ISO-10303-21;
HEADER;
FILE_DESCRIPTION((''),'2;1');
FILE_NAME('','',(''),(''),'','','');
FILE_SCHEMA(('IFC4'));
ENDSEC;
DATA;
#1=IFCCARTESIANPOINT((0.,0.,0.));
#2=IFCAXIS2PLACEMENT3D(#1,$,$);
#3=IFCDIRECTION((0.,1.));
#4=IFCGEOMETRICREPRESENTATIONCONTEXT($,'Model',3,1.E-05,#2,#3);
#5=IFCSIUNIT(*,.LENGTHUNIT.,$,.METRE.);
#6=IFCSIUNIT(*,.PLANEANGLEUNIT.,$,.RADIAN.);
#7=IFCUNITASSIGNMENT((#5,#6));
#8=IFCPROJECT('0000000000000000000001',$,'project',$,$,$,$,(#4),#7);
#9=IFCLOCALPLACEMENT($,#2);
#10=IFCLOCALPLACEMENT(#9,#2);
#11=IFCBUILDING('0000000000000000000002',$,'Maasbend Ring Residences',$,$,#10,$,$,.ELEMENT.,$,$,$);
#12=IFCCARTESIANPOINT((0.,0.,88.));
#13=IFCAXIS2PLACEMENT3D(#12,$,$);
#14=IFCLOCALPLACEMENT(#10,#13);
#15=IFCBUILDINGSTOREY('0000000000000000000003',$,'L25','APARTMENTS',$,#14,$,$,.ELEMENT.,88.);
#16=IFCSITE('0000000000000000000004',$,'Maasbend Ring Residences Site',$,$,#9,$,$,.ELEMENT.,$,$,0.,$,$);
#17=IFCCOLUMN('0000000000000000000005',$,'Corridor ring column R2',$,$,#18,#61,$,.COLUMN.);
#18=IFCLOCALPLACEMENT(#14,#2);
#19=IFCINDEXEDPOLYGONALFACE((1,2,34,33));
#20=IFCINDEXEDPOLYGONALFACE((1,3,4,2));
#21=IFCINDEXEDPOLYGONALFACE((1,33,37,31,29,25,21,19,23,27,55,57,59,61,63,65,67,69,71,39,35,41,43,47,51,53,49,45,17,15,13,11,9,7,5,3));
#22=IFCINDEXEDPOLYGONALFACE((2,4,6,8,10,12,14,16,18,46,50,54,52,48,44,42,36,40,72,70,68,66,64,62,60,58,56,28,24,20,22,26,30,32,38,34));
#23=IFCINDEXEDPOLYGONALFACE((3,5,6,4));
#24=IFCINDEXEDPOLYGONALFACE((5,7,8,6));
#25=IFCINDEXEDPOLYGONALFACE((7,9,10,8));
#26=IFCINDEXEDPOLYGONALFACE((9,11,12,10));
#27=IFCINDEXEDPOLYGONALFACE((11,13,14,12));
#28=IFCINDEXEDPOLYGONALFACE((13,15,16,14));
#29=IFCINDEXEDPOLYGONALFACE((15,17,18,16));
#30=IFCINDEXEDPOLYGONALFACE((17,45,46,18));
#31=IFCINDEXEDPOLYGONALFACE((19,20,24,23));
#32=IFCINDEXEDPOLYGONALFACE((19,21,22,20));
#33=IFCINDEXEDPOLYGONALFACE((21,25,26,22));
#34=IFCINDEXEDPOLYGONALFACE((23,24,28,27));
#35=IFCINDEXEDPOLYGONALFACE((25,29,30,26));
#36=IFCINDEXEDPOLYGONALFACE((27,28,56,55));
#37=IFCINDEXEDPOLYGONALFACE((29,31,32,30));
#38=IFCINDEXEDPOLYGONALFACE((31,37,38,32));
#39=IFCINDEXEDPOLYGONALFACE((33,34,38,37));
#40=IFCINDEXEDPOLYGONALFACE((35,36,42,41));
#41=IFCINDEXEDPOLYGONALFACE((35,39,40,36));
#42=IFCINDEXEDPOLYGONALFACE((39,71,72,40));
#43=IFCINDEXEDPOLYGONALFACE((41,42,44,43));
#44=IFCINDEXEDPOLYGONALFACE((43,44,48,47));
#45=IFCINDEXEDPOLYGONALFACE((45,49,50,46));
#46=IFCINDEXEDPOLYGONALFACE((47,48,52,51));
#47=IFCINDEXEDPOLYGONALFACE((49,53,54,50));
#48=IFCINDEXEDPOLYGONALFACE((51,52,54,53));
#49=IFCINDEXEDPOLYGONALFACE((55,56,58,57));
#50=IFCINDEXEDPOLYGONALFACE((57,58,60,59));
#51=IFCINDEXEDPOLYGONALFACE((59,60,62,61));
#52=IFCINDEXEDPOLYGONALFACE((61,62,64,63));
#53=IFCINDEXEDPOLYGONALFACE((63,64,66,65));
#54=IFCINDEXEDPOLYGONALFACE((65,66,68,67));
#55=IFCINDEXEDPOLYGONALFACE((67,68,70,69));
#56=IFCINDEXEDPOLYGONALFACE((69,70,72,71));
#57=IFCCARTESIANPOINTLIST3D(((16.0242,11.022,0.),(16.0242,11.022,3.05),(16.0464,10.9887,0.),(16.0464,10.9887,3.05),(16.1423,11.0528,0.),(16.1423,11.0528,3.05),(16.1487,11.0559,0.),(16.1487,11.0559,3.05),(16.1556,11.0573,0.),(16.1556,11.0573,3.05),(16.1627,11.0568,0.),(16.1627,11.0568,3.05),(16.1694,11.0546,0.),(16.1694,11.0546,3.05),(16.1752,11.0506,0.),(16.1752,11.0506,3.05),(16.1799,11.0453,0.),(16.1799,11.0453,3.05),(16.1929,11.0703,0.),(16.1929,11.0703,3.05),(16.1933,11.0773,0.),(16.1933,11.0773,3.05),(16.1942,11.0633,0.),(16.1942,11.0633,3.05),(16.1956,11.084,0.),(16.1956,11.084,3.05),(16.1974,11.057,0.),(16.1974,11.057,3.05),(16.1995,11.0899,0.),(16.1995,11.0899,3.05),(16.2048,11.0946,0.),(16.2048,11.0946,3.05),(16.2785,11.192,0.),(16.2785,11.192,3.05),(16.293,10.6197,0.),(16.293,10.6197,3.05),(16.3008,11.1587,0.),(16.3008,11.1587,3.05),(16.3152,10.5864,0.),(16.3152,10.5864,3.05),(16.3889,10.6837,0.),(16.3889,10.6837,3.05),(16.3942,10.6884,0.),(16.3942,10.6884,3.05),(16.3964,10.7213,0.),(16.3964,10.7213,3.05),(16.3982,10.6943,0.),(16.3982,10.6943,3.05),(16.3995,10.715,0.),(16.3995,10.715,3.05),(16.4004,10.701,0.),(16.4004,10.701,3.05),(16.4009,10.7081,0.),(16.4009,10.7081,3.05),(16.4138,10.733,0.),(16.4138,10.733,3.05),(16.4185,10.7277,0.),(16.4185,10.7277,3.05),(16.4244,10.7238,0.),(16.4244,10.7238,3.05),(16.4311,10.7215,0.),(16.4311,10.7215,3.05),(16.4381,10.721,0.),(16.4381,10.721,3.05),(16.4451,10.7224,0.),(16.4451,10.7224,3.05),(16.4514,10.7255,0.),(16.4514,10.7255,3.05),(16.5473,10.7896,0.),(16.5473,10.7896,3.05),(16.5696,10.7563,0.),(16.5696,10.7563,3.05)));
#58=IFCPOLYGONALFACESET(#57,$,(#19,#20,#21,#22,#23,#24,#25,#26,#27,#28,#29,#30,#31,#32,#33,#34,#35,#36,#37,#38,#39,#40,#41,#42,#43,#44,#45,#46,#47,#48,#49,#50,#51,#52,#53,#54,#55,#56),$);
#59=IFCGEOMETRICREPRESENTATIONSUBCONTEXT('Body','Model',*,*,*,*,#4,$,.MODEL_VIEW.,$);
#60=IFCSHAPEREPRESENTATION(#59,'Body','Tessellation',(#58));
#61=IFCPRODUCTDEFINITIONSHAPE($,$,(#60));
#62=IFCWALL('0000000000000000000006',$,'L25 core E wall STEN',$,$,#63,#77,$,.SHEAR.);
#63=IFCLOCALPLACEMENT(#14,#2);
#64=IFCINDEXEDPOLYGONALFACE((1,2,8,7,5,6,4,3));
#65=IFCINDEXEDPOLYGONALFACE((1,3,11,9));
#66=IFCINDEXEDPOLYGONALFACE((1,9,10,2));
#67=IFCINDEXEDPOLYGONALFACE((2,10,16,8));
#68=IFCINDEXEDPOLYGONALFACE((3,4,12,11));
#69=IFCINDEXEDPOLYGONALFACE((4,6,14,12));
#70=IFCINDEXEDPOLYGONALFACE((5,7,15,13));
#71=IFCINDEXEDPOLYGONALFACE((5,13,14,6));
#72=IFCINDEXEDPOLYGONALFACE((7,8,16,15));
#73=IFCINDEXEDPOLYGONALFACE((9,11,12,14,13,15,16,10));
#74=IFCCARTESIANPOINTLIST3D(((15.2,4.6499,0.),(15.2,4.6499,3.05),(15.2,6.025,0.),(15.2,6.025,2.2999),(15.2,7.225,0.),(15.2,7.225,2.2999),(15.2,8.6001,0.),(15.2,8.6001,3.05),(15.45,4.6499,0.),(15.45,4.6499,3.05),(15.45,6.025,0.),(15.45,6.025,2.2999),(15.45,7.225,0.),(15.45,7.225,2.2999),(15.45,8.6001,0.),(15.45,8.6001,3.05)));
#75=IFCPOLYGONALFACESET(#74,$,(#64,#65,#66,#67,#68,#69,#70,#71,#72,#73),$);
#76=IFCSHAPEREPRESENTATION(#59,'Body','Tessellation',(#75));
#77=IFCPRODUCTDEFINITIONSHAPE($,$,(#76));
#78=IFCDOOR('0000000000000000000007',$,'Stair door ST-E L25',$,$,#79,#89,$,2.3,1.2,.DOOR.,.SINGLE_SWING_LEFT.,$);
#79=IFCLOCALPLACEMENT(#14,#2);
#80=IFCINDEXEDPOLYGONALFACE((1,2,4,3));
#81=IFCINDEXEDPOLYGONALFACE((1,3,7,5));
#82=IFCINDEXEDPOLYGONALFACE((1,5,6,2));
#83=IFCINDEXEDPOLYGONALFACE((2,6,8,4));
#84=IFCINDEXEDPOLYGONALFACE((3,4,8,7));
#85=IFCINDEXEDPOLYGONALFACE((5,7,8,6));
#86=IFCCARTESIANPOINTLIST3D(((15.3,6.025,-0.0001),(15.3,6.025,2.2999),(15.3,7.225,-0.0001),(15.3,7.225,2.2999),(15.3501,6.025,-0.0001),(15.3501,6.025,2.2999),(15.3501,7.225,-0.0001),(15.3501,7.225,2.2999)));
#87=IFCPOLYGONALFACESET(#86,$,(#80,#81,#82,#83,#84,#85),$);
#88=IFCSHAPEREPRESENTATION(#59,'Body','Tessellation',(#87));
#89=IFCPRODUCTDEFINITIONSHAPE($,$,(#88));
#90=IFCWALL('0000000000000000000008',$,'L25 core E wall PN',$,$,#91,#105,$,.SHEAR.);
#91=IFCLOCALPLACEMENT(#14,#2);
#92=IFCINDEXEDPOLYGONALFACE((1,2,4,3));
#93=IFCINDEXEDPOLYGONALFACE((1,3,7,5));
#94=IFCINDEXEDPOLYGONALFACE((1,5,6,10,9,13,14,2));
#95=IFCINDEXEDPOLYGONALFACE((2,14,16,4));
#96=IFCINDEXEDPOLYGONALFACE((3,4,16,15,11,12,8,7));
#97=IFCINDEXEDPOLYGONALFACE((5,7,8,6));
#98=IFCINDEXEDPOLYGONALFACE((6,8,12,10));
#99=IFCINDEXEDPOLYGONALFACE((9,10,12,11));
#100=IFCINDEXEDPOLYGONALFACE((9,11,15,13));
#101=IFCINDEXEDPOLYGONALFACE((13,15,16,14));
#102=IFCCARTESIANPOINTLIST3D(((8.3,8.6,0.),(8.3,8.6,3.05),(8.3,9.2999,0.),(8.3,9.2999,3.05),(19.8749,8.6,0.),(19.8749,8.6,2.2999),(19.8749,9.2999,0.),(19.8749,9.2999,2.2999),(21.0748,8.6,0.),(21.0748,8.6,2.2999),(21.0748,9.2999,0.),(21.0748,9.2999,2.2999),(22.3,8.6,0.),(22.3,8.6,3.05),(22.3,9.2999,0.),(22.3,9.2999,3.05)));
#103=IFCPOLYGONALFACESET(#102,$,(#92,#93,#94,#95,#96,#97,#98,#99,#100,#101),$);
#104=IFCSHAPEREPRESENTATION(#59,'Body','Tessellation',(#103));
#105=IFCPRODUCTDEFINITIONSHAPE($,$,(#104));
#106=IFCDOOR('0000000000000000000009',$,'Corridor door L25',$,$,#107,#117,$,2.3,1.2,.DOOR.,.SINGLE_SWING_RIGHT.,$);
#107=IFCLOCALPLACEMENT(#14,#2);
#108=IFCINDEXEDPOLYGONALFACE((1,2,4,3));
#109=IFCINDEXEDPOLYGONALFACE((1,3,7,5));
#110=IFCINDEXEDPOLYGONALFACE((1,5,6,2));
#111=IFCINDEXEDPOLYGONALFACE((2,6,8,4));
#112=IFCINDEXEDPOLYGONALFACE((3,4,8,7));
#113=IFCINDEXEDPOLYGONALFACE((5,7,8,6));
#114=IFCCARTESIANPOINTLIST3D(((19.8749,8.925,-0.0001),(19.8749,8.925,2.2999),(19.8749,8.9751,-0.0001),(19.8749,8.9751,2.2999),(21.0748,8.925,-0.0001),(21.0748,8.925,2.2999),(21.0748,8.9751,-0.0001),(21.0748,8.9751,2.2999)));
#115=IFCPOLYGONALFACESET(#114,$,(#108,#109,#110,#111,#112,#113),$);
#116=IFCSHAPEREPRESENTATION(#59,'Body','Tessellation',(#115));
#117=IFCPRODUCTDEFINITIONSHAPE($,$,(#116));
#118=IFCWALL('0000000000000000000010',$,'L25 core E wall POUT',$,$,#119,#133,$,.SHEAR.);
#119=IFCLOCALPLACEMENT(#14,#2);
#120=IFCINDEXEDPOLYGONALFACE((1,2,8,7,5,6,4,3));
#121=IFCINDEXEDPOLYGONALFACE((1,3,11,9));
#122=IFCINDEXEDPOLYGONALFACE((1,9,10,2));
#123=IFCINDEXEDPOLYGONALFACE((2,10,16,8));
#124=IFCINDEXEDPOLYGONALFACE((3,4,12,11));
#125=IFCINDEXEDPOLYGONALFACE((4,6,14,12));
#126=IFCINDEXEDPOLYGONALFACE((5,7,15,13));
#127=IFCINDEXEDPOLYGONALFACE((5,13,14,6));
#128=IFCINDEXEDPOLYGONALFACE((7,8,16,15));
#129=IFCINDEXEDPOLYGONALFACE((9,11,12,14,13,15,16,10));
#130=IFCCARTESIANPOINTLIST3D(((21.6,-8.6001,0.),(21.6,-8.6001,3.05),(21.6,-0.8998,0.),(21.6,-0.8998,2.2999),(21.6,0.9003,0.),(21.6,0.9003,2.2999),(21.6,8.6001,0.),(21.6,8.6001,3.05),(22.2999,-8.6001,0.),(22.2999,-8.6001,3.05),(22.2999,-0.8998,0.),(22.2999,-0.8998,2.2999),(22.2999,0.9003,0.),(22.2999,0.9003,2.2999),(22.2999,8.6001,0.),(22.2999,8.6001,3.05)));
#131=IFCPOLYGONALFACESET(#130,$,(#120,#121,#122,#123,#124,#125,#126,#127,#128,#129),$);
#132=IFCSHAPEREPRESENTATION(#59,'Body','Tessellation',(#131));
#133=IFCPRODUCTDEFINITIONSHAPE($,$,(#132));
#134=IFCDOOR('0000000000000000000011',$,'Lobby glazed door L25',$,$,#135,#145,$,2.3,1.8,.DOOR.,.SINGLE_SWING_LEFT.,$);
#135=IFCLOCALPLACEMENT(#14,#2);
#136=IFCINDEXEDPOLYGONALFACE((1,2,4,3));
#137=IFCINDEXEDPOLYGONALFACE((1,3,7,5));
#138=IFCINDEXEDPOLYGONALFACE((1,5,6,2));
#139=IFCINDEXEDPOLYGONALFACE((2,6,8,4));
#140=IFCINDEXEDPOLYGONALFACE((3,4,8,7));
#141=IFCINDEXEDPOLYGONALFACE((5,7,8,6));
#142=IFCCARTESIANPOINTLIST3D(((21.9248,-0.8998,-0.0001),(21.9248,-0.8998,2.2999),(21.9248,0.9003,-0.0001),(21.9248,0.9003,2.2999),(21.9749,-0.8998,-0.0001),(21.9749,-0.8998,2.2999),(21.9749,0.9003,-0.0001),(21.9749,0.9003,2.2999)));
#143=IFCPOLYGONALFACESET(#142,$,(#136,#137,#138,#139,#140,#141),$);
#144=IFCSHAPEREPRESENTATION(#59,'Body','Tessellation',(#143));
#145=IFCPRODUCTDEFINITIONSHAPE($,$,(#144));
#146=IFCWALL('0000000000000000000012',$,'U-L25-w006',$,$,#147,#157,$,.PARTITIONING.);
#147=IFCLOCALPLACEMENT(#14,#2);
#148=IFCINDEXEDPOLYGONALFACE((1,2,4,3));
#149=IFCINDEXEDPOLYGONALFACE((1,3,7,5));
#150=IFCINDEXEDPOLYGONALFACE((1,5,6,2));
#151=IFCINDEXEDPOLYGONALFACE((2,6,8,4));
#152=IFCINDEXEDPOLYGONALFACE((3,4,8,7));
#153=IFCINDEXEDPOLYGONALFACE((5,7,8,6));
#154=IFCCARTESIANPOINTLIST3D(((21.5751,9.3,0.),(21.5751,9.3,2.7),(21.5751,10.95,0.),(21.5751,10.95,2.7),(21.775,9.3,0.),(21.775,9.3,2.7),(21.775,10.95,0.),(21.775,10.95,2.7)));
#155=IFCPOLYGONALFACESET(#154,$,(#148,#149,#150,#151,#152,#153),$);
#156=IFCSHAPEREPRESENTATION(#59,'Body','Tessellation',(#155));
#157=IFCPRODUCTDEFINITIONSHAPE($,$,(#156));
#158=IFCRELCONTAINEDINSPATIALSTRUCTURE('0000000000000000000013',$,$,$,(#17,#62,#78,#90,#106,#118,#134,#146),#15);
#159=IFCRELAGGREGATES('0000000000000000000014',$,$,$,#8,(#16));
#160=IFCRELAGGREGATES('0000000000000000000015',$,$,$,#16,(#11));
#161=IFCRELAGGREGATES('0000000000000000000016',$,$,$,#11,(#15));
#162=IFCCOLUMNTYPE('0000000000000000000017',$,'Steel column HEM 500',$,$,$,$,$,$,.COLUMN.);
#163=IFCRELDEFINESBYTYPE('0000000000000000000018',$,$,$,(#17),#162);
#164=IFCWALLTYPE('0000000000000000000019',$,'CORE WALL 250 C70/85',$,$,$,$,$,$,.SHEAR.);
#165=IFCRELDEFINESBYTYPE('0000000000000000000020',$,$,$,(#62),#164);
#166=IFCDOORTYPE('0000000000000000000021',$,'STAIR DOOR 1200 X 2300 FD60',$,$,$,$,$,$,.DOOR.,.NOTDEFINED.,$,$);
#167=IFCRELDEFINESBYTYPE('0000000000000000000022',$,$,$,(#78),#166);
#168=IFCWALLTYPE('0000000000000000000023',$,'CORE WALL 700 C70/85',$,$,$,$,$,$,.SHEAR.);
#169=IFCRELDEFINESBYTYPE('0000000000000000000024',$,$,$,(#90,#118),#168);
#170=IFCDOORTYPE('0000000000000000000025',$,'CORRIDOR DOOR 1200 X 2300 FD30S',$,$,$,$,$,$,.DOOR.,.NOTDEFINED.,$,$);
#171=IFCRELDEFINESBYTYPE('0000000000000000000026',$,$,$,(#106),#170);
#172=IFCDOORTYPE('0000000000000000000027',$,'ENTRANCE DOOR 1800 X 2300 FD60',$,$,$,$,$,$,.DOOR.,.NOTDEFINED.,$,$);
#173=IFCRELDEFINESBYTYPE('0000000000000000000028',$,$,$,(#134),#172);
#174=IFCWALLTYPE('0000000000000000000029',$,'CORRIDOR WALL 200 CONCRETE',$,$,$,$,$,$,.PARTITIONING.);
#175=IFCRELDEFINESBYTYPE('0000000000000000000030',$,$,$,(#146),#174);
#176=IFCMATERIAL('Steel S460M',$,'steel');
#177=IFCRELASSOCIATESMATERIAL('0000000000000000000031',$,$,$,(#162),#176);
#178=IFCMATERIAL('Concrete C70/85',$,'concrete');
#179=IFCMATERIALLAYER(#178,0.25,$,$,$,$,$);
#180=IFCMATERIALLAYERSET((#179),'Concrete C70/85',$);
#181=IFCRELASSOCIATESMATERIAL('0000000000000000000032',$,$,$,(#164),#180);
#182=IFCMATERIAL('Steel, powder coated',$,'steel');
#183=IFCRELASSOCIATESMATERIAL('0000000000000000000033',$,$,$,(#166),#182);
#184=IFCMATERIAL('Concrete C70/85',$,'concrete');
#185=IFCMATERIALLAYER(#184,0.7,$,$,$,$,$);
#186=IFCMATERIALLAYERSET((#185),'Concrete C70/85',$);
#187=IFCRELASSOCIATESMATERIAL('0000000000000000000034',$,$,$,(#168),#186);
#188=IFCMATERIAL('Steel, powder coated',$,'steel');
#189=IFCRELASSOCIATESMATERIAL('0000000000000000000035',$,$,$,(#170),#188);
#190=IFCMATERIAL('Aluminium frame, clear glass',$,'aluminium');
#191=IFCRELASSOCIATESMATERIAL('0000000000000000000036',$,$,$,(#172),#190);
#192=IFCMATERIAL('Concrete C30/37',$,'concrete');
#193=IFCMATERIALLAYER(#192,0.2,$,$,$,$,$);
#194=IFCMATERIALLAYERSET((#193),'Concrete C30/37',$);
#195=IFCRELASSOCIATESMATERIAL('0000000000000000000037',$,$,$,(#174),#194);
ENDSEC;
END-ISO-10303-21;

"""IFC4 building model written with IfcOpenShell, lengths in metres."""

from ifc_helpers import new_model, si_unit, direction, frame, frame_2d, origin, origin_2d, place, context, subcontext, project, spatial, rectangle, i_section, extrude, material, layer, layer_set, material_profile, profile_set, type_object, element, fill, save


model = new_model("IFC4")

# Units and contexts
model_context = context("Model", 3, precision=1e-05, world=origin(), true_north=direction((0.0, 1.0)))
body_context = subcontext(model_context, "Body", "Model", "MODEL_VIEW")
ifc_project = project(units=[si_unit("LENGTHUNIT", "METRE"), si_unit("PLANEANGLEUNIT", "RADIAN")], contexts=[model_context])

# Site, building, storey
site_placement = place(None, origin())
site = spatial("IfcSite", under=ifc_project, at=site_placement, Name="Maasbend Ring Residences Site", CompositionType="ELEMENT", RefElevation=0.0)
building_placement = place(site_placement, origin())
building = spatial("IfcBuilding", under=site, at=building_placement, Name="Maasbend Ring Residences", CompositionType="ELEMENT")
storey_placement = place(building_placement, frame((0.0, 0.0, 88.0)))
storey = spatial("IfcBuildingStorey", under=building, at=storey_placement, Name="L25", Description="APARTMENTS", CompositionType="ELEMENT", Elevation=88.0)

# Column
ifc_material_1 = material(Name="Steel S460M", Category="steel")
ifc_material_profile = material_profile(ifc_material_1, i_section(OverallWidth=0.3059, OverallDepth=0.5239, WebThickness=0.021, FlangeThickness=0.04, FilletRadius=0.0271, at=origin_2d()), Name="HEM 500")
ifc_profile_set = profile_set([ifc_material_profile], Name="Steel S460M")
column_type = type_object("IfcColumnType", Name="Steel column HEM 500", PredefinedType="COLUMN", material=ifc_profile_set)
column_placement = place(storey_placement, frame((16.2969, 10.8892, 0.0), z_axis=(0.0, 0.0, 1.0), x_axis=(0.83147, 0.55557, 0.0)))
element("IfcColumn", 1, at=column_placement, inside=storey, type_object=column_type, Name="Corridor ring column R2", PredefinedType="COLUMN", context=body_context, shape_type="SweptSolid", body=[
    extrude(i_section(OverallWidth=0.3059, OverallDepth=0.5239, WebThickness=0.021, FlangeThickness=0.04, FilletRadius=0.0271, at=origin_2d()), origin(), (0.0, 0.0, 1.0), 3.05),
])

# Walls, openings, doors
ifc_material_2 = material(Name="Concrete C70/85", Category="concrete")
ifc_layer_1 = layer(ifc_material_2, 0.25)
ifc_layer_set_1 = layer_set([ifc_layer_1], Name="Concrete C70/85")
wall_type_1 = type_object("IfcWallType", Name="CORE WALL 250 C70/85", PredefinedType="SHEAR", material=ifc_layer_set_1)
wall_1_placement = place(storey_placement, frame((15.325, 4.6499, 0.0), z_axis=(0.0, 0.0, 1.0), x_axis=(0.0, 1.0, 0.0)))
wall_1 = element("IfcWall", 2, at=wall_1_placement, inside=storey, type_object=wall_type_1, Name="L25 core E wall STEN", PredefinedType="SHEAR", context=body_context, shape_type="SweptSolid", body=[
    extrude(rectangle(XDim=3.9502, YDim=0.25, at=frame_2d((1.9751, 0.0))), origin(), (0.0, 0.0, 1.0), 3.05),
])
opening_1_placement = place(wall_1_placement, frame((1.375, 0.0, 0.0)))
opening_1 = element("IfcOpeningElement", 3, at=opening_1_placement, cuts=wall_1, PredefinedType="OPENING", context=body_context, shape_type="SweptSolid", body=[
    extrude(rectangle(XDim=1.2, YDim=2.3, at=frame_2d((0.6001, 1.1499))), frame((0.0, 0.135, 0.0), z_axis=(0.0, -1.0, 0.0), x_axis=(1.0, 0.0, 0.0)), (0.0, 0.0, 1.0), 0.27),
])
ifc_material_3 = material(Name="Steel, powder coated", Category="steel")
door_type_1 = type_object("IfcDoorType", Name="STAIR DOOR 1200 X 2300 FD60", OperationType="NOTDEFINED", PredefinedType="DOOR", material=ifc_material_3)
door_1_placement = place(opening_1_placement, origin())
door_1 = element("IfcDoor", 4, at=door_1_placement, inside=storey, type_object=door_type_1, Name="Stair door ST-E L25", OperationType="SINGLE_SWING_LEFT", OverallHeight=2.3, OverallWidth=1.2, PredefinedType="DOOR", context=body_context, shape_type="SweptSolid", body=[
    extrude(rectangle(XDim=1.2, YDim=2.3, at=frame_2d((0.6001, 1.1499))), frame((0.0, 0.0249, 0.0), z_axis=(0.0, -1.0, 0.0), x_axis=(1.0, 0.0, 0.0)), (0.0, 0.0, 1.0), 0.05),
])
fill(opening_1, door_1)
ifc_material_4 = material(Name="Concrete C70/85", Category="concrete")
ifc_layer_2 = layer(ifc_material_4, 0.7)
ifc_layer_set_2 = layer_set([ifc_layer_2], Name="Concrete C70/85")
wall_type_2 = type_object("IfcWallType", Name="CORE WALL 700 C70/85", PredefinedType="SHEAR", material=ifc_layer_set_2)
wall_2_placement = place(storey_placement, frame((22.3, 8.95, 0.0), z_axis=(0.0, 0.0, 1.0), x_axis=(-1.0, 0.0, 0.0)))
wall_2 = element("IfcWall", 5, at=wall_2_placement, inside=storey, type_object=wall_type_2, Name="L25 core E wall PN", PredefinedType="SHEAR", context=body_context, shape_type="SweptSolid", body=[
    extrude(rectangle(XDim=14.0, YDim=0.7, at=frame_2d((7.0, 0.0))), origin(), (0.0, 0.0, 1.0), 3.05),
])
opening_2_placement = place(wall_2_placement, frame((1.2251, 0.0, 0.0)))
opening_2 = element("IfcOpeningElement", 6, at=opening_2_placement, cuts=wall_2, PredefinedType="OPENING", context=body_context, shape_type="SweptSolid", body=[
    extrude(rectangle(XDim=1.2, YDim=2.3, at=frame_2d((0.6001, 1.1499))), frame((0.0, 0.3599, 0.0), z_axis=(0.0, -1.0, 0.0), x_axis=(1.0, 0.0, 0.0)), (0.0, 0.0, 1.0), 0.72),
])
ifc_material_5 = material(Name="Steel, powder coated", Category="steel")
door_type_2 = type_object("IfcDoorType", Name="CORRIDOR DOOR 1200 X 2300 FD30S", OperationType="NOTDEFINED", PredefinedType="DOOR", material=ifc_material_5)
door_2_placement = place(opening_2_placement, origin())
door_2 = element("IfcDoor", 7, at=door_2_placement, inside=storey, type_object=door_type_2, Name="Corridor door L25", OperationType="SINGLE_SWING_RIGHT", OverallHeight=2.3, OverallWidth=1.2, PredefinedType="DOOR", context=body_context, shape_type="SweptSolid", body=[
    extrude(rectangle(XDim=1.2, YDim=2.3, at=frame_2d((0.6001, 1.1499))), frame((0.0, 0.0249, 0.0), z_axis=(0.0, -1.0, 0.0), x_axis=(1.0, 0.0, 0.0)), (0.0, 0.0, 1.0), 0.05),
])
fill(opening_2, door_2)
wall_3_placement = place(storey_placement, frame((21.95, 8.6001, 0.0), z_axis=(0.0, 0.0, 1.0), x_axis=(0.0, -1.0, 0.0)))
wall_3 = element("IfcWall", 8, at=wall_3_placement, inside=storey, type_object=wall_type_2, Name="L25 core E wall POUT", PredefinedType="SHEAR", context=body_context, shape_type="SweptSolid", body=[
    extrude(rectangle(XDim=17.2002, YDim=0.7, at=frame_2d((8.6001, 0.0))), origin(), (0.0, 0.0, 1.0), 3.05),
])
opening_3_placement = place(wall_3_placement, frame((7.7, 0.0, 0.0)))
opening_3 = element("IfcOpeningElement", 9, at=opening_3_placement, cuts=wall_3, PredefinedType="OPENING", context=body_context, shape_type="SweptSolid", body=[
    extrude(rectangle(XDim=1.8, YDim=2.3, at=frame_2d((0.8999, 1.1499))), frame((0.0, 0.3599, 0.0), z_axis=(0.0, -1.0, 0.0), x_axis=(1.0, 0.0, 0.0)), (0.0, 0.0, 1.0), 0.72),
])
ifc_material_6 = material(Name="Aluminium frame, clear glass", Category="aluminium")
door_type_3 = type_object("IfcDoorType", Name="ENTRANCE DOOR 1800 X 2300 FD60", OperationType="NOTDEFINED", PredefinedType="DOOR", material=ifc_material_6)
door_3_placement = place(opening_3_placement, origin())
door_3 = element("IfcDoor", 10, at=door_3_placement, inside=storey, type_object=door_type_3, Name="Lobby glazed door L25", OperationType="SINGLE_SWING_LEFT", OverallHeight=2.3, OverallWidth=1.8, PredefinedType="DOOR", context=body_context, shape_type="SweptSolid", body=[
    extrude(rectangle(XDim=1.8, YDim=2.3, at=frame_2d((0.8999, 1.1499))), frame((0.0, 0.0249, 0.0), z_axis=(0.0, -1.0, 0.0), x_axis=(1.0, 0.0, 0.0)), (0.0, 0.0, 1.0), 0.05),
])
fill(opening_3, door_3)

# Wall
ifc_material_7 = material(Name="Concrete C30/37", Category="concrete")
ifc_layer_3 = layer(ifc_material_7, 0.2)
ifc_layer_set_3 = layer_set([ifc_layer_3], Name="Concrete C30/37")
wall_type_3 = type_object("IfcWallType", Name="CORRIDOR WALL 200 CONCRETE", PredefinedType="PARTITIONING", material=ifc_layer_set_3)
wall_4_placement = place(storey_placement, frame((21.675, 9.3, 0.0), z_axis=(0.0, 0.0, 1.0), x_axis=(0.0, 1.0, 0.0)))
element("IfcWall", 11, at=wall_4_placement, inside=storey, type_object=wall_type_3, Name="U-L25-w006", PredefinedType="PARTITIONING", context=body_context, shape_type="SweptSolid", body=[
    extrude(rectangle(XDim=1.6499, YDim=0.2, at=frame_2d((0.825, 0.0))), origin(), (0.0, 0.0, 1.0), 2.7),
])

save(model, "model.ifc")
